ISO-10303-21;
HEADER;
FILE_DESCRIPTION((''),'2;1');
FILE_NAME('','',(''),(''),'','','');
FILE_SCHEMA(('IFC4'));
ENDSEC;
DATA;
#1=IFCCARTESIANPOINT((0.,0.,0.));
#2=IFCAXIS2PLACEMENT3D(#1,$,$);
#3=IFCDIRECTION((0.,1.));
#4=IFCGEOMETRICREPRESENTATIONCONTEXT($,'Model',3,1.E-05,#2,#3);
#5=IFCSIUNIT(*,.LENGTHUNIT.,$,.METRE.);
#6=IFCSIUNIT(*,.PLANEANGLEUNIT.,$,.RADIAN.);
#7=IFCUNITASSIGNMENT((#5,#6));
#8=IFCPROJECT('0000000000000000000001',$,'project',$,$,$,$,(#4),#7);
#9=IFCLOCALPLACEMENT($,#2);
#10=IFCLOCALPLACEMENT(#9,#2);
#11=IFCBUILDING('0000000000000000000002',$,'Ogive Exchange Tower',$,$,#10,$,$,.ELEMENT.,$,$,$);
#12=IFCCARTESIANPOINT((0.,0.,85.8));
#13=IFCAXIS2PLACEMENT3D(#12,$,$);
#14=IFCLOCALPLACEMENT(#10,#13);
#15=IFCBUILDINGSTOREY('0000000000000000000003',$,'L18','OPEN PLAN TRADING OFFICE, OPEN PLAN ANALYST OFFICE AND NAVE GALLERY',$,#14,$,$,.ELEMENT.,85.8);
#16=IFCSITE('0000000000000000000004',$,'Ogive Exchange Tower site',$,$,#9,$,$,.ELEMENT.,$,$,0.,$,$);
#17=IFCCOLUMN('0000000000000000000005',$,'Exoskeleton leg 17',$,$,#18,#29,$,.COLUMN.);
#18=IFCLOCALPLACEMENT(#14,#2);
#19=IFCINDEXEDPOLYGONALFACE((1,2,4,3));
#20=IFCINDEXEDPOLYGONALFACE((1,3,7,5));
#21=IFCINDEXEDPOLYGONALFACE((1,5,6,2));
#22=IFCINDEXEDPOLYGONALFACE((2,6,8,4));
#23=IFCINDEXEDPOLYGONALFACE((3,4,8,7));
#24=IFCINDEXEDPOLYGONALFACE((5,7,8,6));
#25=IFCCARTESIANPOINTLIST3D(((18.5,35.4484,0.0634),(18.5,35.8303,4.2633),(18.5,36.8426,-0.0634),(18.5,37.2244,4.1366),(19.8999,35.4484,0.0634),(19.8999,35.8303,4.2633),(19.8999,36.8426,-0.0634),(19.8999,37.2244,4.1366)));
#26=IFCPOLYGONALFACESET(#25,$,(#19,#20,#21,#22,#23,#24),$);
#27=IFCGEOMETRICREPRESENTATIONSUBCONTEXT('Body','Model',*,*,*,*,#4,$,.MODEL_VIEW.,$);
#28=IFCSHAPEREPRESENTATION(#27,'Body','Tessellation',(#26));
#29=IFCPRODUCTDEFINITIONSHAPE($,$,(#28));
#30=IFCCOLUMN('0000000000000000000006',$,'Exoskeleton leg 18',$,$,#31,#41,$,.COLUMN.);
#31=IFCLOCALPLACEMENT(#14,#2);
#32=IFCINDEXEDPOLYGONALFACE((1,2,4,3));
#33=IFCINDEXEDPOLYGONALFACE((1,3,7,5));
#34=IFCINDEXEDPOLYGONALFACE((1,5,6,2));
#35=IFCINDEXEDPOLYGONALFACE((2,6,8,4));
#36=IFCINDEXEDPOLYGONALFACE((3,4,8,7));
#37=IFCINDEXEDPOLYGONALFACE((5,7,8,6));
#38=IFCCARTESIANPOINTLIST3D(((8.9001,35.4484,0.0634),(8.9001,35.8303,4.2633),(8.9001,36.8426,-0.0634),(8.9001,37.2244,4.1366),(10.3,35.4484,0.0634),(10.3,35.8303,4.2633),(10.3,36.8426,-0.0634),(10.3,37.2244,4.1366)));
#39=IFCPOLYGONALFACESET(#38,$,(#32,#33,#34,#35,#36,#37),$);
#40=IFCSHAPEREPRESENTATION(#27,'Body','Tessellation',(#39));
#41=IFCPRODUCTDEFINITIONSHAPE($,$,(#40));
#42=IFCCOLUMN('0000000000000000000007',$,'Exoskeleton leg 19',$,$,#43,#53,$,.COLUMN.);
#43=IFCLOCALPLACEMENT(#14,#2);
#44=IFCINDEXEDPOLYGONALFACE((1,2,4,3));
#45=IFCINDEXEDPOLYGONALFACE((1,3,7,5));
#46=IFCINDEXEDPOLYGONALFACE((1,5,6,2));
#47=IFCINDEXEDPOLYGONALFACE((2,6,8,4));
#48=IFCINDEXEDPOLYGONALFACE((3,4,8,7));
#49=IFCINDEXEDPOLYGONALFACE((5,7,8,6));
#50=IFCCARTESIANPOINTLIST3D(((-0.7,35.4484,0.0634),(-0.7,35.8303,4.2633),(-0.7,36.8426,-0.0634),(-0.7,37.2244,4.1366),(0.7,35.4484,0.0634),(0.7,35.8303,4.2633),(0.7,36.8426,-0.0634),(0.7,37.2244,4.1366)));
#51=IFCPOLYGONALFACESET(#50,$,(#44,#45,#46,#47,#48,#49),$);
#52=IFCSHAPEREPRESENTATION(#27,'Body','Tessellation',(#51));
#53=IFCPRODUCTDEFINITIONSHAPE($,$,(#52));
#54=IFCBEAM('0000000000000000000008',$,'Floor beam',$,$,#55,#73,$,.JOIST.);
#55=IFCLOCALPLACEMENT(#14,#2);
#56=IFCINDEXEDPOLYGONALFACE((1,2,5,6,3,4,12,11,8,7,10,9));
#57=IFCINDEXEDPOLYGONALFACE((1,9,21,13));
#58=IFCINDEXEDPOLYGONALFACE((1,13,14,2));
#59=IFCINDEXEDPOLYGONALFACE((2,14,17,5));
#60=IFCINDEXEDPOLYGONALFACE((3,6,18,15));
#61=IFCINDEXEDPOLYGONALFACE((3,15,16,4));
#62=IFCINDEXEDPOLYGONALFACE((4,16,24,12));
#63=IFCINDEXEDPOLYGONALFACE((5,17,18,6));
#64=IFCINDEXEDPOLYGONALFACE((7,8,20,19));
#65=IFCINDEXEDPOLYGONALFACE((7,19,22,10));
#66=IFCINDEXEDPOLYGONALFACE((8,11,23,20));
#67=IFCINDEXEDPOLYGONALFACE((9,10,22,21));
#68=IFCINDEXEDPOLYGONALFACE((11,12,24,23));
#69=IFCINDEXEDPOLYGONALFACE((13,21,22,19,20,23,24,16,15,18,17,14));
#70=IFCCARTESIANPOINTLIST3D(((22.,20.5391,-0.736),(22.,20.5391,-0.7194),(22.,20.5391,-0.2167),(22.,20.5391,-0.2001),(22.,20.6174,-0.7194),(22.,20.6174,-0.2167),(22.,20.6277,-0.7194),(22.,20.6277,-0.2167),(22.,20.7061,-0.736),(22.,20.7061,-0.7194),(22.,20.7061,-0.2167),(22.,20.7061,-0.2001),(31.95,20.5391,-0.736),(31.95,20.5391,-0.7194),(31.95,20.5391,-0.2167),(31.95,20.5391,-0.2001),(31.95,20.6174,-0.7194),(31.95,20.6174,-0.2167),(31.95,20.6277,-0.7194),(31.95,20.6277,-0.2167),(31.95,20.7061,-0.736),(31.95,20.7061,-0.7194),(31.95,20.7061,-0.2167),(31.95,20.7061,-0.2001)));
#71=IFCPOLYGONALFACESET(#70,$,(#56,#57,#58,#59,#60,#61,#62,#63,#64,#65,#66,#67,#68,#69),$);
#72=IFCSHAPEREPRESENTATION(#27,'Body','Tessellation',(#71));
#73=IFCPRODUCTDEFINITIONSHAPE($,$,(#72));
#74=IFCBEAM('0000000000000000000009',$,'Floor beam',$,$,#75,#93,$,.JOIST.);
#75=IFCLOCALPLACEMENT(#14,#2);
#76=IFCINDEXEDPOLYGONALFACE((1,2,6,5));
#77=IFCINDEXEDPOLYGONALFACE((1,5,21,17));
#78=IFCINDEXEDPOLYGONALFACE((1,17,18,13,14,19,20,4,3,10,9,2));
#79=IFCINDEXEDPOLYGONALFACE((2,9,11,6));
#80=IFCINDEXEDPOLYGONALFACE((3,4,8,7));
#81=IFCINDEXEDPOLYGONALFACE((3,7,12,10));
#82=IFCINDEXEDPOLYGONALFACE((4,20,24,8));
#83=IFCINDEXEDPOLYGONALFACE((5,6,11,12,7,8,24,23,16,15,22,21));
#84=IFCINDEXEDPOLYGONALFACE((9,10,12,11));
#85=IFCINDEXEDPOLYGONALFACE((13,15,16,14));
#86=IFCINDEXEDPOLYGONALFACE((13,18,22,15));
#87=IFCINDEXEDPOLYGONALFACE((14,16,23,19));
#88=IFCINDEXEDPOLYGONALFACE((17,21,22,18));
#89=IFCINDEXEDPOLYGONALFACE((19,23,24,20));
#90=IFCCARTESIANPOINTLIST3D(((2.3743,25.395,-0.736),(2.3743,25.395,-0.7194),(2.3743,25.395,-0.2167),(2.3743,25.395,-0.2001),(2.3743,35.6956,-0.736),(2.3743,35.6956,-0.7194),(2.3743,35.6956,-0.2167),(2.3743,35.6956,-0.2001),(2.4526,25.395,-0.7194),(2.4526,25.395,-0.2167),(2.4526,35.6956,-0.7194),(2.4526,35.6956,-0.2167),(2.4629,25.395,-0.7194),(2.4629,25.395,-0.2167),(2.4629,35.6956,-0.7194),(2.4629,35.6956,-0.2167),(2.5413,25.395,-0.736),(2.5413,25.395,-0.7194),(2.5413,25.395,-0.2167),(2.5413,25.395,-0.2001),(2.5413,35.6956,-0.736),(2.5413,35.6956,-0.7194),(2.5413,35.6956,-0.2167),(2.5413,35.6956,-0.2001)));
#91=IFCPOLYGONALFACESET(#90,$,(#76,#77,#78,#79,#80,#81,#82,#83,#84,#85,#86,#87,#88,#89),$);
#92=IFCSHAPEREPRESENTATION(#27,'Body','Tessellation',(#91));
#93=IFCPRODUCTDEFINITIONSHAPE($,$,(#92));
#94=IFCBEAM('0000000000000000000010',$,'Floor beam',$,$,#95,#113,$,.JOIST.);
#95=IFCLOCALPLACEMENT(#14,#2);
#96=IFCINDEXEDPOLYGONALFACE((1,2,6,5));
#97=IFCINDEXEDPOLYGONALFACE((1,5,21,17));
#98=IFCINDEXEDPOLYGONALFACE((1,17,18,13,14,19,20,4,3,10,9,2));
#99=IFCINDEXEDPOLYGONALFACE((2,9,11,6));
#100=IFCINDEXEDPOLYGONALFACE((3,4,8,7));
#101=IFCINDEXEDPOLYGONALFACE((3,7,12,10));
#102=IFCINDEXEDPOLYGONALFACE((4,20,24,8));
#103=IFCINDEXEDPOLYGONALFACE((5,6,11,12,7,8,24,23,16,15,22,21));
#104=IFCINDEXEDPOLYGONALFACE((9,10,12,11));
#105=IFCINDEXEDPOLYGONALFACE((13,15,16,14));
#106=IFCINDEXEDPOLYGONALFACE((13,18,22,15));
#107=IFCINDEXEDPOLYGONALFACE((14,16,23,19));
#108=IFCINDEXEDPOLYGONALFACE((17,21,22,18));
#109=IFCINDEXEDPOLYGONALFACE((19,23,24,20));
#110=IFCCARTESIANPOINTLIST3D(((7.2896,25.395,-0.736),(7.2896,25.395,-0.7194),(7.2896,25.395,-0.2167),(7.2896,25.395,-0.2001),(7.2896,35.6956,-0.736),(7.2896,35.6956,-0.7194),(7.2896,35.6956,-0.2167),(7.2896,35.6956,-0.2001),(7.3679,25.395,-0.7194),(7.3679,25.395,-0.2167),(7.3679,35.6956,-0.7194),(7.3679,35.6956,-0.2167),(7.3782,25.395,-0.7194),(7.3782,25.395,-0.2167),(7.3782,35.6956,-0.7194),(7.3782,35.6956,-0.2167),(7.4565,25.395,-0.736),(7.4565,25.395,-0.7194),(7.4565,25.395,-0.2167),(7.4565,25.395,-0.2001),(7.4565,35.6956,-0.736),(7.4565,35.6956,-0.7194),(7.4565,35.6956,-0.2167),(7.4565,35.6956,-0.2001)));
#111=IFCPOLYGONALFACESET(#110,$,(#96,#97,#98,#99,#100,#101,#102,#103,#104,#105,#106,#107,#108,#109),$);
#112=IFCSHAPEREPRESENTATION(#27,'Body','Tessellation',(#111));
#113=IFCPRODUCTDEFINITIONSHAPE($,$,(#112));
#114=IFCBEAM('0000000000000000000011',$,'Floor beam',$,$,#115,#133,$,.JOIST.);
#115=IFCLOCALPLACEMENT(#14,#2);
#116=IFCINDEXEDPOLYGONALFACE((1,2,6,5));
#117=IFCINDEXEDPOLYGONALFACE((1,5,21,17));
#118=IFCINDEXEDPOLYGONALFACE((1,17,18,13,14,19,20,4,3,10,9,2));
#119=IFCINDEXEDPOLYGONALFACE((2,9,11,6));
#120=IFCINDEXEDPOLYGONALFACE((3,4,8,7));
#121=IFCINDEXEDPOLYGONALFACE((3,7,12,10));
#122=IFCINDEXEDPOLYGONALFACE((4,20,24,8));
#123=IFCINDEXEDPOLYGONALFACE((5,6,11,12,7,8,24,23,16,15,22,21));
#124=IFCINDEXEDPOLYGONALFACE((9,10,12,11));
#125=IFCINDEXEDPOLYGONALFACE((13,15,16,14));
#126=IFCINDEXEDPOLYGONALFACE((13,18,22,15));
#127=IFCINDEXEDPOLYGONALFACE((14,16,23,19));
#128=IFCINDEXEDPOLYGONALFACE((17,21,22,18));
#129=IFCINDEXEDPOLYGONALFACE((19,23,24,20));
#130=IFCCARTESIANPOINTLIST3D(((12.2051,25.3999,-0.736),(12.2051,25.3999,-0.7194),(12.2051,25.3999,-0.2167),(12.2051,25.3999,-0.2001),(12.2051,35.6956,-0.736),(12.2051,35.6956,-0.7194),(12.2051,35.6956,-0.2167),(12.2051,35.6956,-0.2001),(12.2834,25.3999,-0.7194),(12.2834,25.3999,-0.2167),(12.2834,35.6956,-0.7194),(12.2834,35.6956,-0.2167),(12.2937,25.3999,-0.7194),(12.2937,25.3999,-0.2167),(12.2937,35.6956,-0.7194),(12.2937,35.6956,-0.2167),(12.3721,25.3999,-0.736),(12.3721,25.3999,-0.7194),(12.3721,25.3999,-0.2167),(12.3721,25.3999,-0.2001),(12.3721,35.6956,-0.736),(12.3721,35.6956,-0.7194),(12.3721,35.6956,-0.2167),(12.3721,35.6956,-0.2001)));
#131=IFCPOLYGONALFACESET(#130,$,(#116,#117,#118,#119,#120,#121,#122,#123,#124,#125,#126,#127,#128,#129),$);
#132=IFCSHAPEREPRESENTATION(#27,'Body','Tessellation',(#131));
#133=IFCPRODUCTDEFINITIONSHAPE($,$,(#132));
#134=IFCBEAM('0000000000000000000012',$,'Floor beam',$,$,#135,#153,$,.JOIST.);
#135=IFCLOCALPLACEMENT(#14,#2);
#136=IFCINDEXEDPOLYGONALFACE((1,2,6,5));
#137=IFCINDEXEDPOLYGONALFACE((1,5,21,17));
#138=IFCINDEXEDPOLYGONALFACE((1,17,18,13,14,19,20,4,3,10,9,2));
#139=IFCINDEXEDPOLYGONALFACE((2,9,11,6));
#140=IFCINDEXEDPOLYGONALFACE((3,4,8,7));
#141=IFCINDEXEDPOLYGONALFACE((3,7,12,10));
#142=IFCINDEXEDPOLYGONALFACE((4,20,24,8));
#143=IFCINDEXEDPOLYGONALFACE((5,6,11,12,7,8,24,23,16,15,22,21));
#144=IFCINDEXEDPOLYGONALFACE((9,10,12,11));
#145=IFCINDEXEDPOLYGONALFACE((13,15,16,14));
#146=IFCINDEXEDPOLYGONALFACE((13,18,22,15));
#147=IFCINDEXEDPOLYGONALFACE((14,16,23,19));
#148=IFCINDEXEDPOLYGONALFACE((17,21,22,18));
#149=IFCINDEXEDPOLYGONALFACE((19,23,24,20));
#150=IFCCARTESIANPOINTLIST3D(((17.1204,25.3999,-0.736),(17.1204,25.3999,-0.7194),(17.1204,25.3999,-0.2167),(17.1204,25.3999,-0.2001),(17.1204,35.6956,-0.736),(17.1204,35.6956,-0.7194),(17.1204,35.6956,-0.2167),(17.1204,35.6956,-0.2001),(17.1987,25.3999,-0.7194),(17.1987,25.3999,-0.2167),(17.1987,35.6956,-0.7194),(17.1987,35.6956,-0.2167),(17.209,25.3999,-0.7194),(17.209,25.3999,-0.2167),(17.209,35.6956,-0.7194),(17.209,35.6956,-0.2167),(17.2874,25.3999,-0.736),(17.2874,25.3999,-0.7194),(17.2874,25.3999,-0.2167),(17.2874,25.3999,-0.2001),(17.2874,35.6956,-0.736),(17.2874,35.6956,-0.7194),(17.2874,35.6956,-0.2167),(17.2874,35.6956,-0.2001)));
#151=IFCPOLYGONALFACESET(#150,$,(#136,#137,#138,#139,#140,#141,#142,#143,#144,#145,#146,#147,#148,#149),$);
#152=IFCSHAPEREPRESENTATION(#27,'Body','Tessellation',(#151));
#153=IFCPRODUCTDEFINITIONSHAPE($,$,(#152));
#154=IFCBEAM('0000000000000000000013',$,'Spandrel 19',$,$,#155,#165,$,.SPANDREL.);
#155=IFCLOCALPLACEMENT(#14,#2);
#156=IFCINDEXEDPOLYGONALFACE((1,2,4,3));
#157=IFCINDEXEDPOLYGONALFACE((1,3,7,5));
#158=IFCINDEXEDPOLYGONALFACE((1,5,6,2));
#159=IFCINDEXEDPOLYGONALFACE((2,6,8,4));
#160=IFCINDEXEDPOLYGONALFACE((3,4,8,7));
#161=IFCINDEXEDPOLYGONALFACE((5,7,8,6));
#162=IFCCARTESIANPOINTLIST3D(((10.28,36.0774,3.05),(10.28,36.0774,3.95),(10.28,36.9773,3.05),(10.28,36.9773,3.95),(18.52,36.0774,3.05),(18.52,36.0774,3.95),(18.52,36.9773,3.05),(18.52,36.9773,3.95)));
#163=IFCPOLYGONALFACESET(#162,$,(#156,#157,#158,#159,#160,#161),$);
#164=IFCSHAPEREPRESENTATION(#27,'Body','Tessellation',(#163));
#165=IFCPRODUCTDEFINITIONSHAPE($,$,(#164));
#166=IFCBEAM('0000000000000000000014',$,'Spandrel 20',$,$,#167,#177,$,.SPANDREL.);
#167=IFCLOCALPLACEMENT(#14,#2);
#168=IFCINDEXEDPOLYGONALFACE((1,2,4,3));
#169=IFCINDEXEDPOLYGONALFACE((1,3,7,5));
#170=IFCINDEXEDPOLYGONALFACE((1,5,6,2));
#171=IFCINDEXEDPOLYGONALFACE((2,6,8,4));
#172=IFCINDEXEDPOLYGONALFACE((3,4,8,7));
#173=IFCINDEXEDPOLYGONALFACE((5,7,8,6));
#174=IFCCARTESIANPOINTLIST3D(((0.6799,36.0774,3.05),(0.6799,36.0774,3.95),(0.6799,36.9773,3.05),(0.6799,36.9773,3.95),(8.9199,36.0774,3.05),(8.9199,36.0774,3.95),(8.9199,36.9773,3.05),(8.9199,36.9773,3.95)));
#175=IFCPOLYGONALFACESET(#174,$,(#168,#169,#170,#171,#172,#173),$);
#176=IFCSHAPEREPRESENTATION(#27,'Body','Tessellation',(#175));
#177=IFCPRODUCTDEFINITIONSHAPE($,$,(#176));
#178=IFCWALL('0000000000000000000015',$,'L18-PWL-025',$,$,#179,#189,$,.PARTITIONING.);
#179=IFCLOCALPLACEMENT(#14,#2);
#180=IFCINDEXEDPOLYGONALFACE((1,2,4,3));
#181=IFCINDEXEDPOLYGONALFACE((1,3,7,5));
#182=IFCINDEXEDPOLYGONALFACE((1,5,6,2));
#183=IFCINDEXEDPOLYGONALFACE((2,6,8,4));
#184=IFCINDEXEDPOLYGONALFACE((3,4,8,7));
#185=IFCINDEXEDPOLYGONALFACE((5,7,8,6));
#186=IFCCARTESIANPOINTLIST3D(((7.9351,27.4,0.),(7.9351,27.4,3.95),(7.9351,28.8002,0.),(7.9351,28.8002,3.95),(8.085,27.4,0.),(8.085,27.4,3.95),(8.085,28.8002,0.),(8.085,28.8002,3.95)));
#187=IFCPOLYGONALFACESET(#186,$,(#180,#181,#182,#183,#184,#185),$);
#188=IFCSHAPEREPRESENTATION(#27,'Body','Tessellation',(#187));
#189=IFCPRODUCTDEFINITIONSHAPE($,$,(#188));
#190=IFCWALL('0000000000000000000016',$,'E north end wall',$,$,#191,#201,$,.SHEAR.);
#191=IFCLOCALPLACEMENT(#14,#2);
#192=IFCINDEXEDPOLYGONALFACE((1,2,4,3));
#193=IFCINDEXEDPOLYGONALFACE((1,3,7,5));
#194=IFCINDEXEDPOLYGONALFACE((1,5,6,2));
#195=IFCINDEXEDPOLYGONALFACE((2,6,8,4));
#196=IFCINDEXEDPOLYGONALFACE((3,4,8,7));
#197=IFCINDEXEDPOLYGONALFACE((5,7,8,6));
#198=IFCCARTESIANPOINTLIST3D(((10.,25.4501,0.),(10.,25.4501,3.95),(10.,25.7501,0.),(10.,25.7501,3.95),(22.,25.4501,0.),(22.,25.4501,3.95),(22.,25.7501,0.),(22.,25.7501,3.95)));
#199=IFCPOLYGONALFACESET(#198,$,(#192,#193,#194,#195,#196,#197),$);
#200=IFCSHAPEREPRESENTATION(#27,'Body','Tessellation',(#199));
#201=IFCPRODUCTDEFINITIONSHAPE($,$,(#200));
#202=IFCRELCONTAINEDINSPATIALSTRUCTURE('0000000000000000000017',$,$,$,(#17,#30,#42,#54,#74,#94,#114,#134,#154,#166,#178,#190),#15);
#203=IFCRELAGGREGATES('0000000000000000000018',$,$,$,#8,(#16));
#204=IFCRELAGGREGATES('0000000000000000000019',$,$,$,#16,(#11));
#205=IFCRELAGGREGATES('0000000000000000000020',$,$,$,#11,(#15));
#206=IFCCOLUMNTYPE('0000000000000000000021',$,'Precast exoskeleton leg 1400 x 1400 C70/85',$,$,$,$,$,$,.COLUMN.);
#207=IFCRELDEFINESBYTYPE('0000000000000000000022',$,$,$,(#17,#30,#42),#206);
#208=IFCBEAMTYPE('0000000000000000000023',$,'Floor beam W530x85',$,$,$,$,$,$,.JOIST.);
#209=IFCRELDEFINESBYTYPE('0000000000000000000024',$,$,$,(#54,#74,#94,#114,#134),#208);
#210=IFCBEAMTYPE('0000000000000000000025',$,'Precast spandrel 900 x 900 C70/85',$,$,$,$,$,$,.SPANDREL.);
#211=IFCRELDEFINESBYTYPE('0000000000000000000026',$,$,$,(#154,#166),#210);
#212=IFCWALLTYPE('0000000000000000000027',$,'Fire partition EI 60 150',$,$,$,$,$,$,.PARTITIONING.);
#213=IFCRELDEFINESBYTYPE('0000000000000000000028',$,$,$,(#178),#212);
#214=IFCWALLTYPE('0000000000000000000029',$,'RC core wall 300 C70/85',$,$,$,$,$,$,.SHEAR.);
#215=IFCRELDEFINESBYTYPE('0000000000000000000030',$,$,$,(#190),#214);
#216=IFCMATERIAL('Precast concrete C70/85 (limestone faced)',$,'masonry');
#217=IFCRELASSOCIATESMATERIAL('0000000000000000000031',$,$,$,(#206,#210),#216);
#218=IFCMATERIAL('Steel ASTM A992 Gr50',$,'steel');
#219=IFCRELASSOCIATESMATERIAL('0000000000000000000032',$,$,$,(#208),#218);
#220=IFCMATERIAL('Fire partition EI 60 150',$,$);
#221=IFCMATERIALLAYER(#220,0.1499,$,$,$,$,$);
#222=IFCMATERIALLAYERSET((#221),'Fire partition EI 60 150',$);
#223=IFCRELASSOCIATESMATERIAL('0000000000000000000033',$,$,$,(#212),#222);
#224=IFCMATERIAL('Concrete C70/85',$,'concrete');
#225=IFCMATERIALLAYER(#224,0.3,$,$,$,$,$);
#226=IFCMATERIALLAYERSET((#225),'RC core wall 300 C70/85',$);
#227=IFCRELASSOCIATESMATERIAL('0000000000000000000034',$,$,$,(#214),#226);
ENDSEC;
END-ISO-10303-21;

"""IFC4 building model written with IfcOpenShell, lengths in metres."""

from ifc_helpers import new_model, si_unit, direction, frame, frame_2d, origin, origin_2d, place, context, subcontext, project, spatial, rectangle, i_section, extrude, material, layer, layer_set, material_profile, profile_set, type_object, element, save


model = new_model("IFC4")

# Units and contexts
model_context = context("Model", 3, precision=1e-05, world=origin(), true_north=direction((0.0, 1.0)))
body_context = subcontext(model_context, "Body", "Model", "MODEL_VIEW")
ifc_project = project(units=[si_unit("LENGTHUNIT", "METRE"), si_unit("PLANEANGLEUNIT", "RADIAN")], contexts=[model_context])

# Site, building, storey
site_placement = place(None, origin())
site = spatial("IfcSite", under=ifc_project, at=site_placement, Name="Ogive Exchange Tower site", CompositionType="ELEMENT", RefElevation=0.0)
building_placement = place(site_placement, origin())
building = spatial("IfcBuilding", under=site, at=building_placement, Name="Ogive Exchange Tower", CompositionType="ELEMENT")
storey_placement = place(building_placement, frame((0.0, 0.0, 85.8)))
storey = spatial("IfcBuildingStorey", under=building, at=storey_placement, Name="L18", Description="OPEN PLAN TRADING OFFICE, OPEN PLAN ANALYST OFFICE AND NAVE GALLERY", CompositionType="ELEMENT", Elevation=85.8)

# Columns
ifc_material_1 = material(Name="Precast concrete C70/85 (limestone faced)", Category="masonry")
ifc_material_profile_1 = material_profile(ifc_material_1, rectangle(XDim=1.3999, YDim=1.3999, at=origin_2d()), Name="1400 x 1400")
ifc_profile_set_1 = profile_set([ifc_material_profile_1], Name="Precast concrete C70/85 (limestone faced)")
column_type = type_object("IfcColumnType", Name="Precast exoskeleton leg 1400 x 1400 C70/85", PredefinedType="COLUMN", material=ifc_profile_set_1)
for number, where, z_axis, x_axis, name in (
    (1, (19.2, 36.1455, 0.0), (0.0, 0.090541, 0.995893), (-1.0, 0.0, 0.0), "Exoskeleton leg 17"),
    (2, (9.6001, 36.1455, 0.0), (0.0, 0.090541, 0.995893), (-1.0, 0.0, 0.0), "Exoskeleton leg 18"),
    (3, (0.0, 36.1455, 0.0), (0.0, 0.090541, 0.995893), (-1.0, 0.0, 0.0), "Exoskeleton leg 19"),
):
    element("IfcColumn", number, at=place(storey_placement, frame(where, z_axis=z_axis, x_axis=x_axis)), inside=storey, type_object=column_type, Name=name, PredefinedType="COLUMN", context=body_context, shape_type="SweptSolid", body=[
        extrude(rectangle(XDim=1.3999, YDim=1.3999, at=origin_2d()), origin(), (0.0, 0.0, 1.0), 4.2173),
    ])

# Beams
ifc_material_2 = material(Name="Steel ASTM A992 Gr50", Category="steel")
ifc_material_profile_2 = material_profile(ifc_material_2, i_section(OverallWidth=0.167, OverallDepth=0.5359, WebThickness=0.0103, FlangeThickness=0.0166, at=origin_2d()), Name="W530x85")
ifc_profile_set_2 = profile_set([ifc_material_profile_2], Name="Steel ASTM A992 Gr50")
beam_type_1 = type_object("IfcBeamType", Name="Floor beam W530x85", PredefinedType="JOIST", material=ifc_profile_set_2)
beam_placement = place(storey_placement, frame((22.0, 20.6226, -0.468), z_axis=(1.0, 0.0, 0.0), x_axis=(0.0, 1.0, 0.0)))
element("IfcBeam", 4, at=beam_placement, inside=storey, type_object=beam_type_1, Name="Floor beam", PredefinedType="JOIST", context=body_context, shape_type="SweptSolid", body=[
    extrude(i_section(OverallWidth=0.167, OverallDepth=0.5359, WebThickness=0.0103, FlangeThickness=0.0166, at=origin_2d()), origin(), (0.0, 0.0, 1.0), 9.95),
])
for number, where, z_axis, x_axis, name in (
    (5, (2.4578, 25.395, -0.468), (0.0, 1.0, 0.0), (-1.0, 0.0, 0.0), "Floor beam"),
    (6, (7.373, 25.395, -0.468), (0.0, 1.0, 0.0), (-1.0, 0.0, 0.0), "Floor beam"),
):
    element("IfcBeam", number, at=place(storey_placement, frame(where, z_axis=z_axis, x_axis=x_axis)), inside=storey, type_object=beam_type_1, Name=name, PredefinedType="JOIST", context=body_context, shape_type="SweptSolid", body=[
        extrude(i_section(OverallWidth=0.167, OverallDepth=0.5359, WebThickness=0.0103, FlangeThickness=0.0166, at=origin_2d()), origin(), (0.0, 0.0, 1.0), 10.3005),
    ])
for number, where, z_axis, x_axis, name in (
    (7, (12.2886, 25.3999, -0.468), (0.0, 1.0, 0.0), (-1.0, 0.0, 0.0), "Floor beam"),
    (8, (17.2039, 25.3999, -0.468), (0.0, 1.0, 0.0), (-1.0, 0.0, 0.0), "Floor beam"),
):
    element("IfcBeam", number, at=place(storey_placement, frame(where, z_axis=z_axis, x_axis=x_axis)), inside=storey, type_object=beam_type_1, Name=name, PredefinedType="JOIST", context=body_context, shape_type="SweptSolid", body=[
        extrude(i_section(OverallWidth=0.167, OverallDepth=0.5359, WebThickness=0.0103, FlangeThickness=0.0166, at=origin_2d()), origin(), (0.0, 0.0, 1.0), 10.2957),
    ])
ifc_material_profile_3 = material_profile(ifc_material_1, rectangle(XDim=0.8999, YDim=0.8999, at=origin_2d()), Name="900 x 900")
ifc_profile_set_3 = profile_set([ifc_material_profile_3], Name="Precast concrete C70/85 (limestone faced)")
beam_type_2 = type_object("IfcBeamType", Name="Precast spandrel 900 x 900 C70/85", PredefinedType="SPANDREL", material=ifc_profile_set_3)
for number, where, z_axis, x_axis, name in (
    (9, (18.52, 36.5273, 3.5), (-1.0, 0.0, 0.0), (0.0, -1.0, 0.0), "Spandrel 19"),
    (10, (8.9199, 36.5273, 3.5), (-1.0, 0.0, 0.0), (0.0, -1.0, 0.0), "Spandrel 20"),
):
    element("IfcBeam", number, at=place(storey_placement, frame(where, z_axis=z_axis, x_axis=x_axis)), inside=storey, type_object=beam_type_2, Name=name, PredefinedType="SPANDREL", context=body_context, shape_type="SweptSolid", body=[
        extrude(rectangle(XDim=0.8999, YDim=0.8999, at=origin_2d()), origin(), (0.0, 0.0, 1.0), 8.24),
    ])

# Walls
ifc_material_3 = material(Name="Fire partition EI 60 150")
ifc_layer_1 = layer(ifc_material_3, 0.1499)
ifc_layer_set_1 = layer_set([ifc_layer_1], Name="Fire partition EI 60 150")
wall_type_1 = type_object("IfcWallType", Name="Fire partition EI 60 150", PredefinedType="PARTITIONING", material=ifc_layer_set_1)
wall_1_placement = place(storey_placement, frame((8.01, 27.3999, 0.0), z_axis=(0.0, 0.0, 1.0), x_axis=(0.0, 1.0, 0.0)))
element("IfcWall", 11, at=wall_1_placement, inside=storey, type_object=wall_type_1, Name="L18-PWL-025", PredefinedType="PARTITIONING", context=body_context, shape_type="SweptSolid", body=[
    extrude(rectangle(XDim=1.4001, YDim=0.1499, at=frame_2d((0.7002, 0.0))), origin(), (0.0, 0.0, 1.0), 3.95),
])
ifc_material_4 = material(Name="Concrete C70/85", Category="concrete")
ifc_layer_2 = layer(ifc_material_4, 0.3)
ifc_layer_set_2 = layer_set([ifc_layer_2], Name="RC core wall 300 C70/85")
wall_type_2 = type_object("IfcWallType", Name="RC core wall 300 C70/85", PredefinedType="SHEAR", material=ifc_layer_set_2)
wall_2_placement = place(storey_placement, frame((10.0, 25.6001, 0.0), z_axis=(0.0, 0.0, 1.0), x_axis=(1.0, 0.0, 0.0)))
element("IfcWall", 12, at=wall_2_placement, inside=storey, type_object=wall_type_2, Name="E north end wall", PredefinedType="SHEAR", context=body_context, shape_type="SweptSolid", body=[
    extrude(rectangle(XDim=12.0, YDim=0.3, at=frame_2d((6.0, 0.0))), origin(), (0.0, 0.0, 1.0), 3.95),
])

save(model, "model.ifc")
